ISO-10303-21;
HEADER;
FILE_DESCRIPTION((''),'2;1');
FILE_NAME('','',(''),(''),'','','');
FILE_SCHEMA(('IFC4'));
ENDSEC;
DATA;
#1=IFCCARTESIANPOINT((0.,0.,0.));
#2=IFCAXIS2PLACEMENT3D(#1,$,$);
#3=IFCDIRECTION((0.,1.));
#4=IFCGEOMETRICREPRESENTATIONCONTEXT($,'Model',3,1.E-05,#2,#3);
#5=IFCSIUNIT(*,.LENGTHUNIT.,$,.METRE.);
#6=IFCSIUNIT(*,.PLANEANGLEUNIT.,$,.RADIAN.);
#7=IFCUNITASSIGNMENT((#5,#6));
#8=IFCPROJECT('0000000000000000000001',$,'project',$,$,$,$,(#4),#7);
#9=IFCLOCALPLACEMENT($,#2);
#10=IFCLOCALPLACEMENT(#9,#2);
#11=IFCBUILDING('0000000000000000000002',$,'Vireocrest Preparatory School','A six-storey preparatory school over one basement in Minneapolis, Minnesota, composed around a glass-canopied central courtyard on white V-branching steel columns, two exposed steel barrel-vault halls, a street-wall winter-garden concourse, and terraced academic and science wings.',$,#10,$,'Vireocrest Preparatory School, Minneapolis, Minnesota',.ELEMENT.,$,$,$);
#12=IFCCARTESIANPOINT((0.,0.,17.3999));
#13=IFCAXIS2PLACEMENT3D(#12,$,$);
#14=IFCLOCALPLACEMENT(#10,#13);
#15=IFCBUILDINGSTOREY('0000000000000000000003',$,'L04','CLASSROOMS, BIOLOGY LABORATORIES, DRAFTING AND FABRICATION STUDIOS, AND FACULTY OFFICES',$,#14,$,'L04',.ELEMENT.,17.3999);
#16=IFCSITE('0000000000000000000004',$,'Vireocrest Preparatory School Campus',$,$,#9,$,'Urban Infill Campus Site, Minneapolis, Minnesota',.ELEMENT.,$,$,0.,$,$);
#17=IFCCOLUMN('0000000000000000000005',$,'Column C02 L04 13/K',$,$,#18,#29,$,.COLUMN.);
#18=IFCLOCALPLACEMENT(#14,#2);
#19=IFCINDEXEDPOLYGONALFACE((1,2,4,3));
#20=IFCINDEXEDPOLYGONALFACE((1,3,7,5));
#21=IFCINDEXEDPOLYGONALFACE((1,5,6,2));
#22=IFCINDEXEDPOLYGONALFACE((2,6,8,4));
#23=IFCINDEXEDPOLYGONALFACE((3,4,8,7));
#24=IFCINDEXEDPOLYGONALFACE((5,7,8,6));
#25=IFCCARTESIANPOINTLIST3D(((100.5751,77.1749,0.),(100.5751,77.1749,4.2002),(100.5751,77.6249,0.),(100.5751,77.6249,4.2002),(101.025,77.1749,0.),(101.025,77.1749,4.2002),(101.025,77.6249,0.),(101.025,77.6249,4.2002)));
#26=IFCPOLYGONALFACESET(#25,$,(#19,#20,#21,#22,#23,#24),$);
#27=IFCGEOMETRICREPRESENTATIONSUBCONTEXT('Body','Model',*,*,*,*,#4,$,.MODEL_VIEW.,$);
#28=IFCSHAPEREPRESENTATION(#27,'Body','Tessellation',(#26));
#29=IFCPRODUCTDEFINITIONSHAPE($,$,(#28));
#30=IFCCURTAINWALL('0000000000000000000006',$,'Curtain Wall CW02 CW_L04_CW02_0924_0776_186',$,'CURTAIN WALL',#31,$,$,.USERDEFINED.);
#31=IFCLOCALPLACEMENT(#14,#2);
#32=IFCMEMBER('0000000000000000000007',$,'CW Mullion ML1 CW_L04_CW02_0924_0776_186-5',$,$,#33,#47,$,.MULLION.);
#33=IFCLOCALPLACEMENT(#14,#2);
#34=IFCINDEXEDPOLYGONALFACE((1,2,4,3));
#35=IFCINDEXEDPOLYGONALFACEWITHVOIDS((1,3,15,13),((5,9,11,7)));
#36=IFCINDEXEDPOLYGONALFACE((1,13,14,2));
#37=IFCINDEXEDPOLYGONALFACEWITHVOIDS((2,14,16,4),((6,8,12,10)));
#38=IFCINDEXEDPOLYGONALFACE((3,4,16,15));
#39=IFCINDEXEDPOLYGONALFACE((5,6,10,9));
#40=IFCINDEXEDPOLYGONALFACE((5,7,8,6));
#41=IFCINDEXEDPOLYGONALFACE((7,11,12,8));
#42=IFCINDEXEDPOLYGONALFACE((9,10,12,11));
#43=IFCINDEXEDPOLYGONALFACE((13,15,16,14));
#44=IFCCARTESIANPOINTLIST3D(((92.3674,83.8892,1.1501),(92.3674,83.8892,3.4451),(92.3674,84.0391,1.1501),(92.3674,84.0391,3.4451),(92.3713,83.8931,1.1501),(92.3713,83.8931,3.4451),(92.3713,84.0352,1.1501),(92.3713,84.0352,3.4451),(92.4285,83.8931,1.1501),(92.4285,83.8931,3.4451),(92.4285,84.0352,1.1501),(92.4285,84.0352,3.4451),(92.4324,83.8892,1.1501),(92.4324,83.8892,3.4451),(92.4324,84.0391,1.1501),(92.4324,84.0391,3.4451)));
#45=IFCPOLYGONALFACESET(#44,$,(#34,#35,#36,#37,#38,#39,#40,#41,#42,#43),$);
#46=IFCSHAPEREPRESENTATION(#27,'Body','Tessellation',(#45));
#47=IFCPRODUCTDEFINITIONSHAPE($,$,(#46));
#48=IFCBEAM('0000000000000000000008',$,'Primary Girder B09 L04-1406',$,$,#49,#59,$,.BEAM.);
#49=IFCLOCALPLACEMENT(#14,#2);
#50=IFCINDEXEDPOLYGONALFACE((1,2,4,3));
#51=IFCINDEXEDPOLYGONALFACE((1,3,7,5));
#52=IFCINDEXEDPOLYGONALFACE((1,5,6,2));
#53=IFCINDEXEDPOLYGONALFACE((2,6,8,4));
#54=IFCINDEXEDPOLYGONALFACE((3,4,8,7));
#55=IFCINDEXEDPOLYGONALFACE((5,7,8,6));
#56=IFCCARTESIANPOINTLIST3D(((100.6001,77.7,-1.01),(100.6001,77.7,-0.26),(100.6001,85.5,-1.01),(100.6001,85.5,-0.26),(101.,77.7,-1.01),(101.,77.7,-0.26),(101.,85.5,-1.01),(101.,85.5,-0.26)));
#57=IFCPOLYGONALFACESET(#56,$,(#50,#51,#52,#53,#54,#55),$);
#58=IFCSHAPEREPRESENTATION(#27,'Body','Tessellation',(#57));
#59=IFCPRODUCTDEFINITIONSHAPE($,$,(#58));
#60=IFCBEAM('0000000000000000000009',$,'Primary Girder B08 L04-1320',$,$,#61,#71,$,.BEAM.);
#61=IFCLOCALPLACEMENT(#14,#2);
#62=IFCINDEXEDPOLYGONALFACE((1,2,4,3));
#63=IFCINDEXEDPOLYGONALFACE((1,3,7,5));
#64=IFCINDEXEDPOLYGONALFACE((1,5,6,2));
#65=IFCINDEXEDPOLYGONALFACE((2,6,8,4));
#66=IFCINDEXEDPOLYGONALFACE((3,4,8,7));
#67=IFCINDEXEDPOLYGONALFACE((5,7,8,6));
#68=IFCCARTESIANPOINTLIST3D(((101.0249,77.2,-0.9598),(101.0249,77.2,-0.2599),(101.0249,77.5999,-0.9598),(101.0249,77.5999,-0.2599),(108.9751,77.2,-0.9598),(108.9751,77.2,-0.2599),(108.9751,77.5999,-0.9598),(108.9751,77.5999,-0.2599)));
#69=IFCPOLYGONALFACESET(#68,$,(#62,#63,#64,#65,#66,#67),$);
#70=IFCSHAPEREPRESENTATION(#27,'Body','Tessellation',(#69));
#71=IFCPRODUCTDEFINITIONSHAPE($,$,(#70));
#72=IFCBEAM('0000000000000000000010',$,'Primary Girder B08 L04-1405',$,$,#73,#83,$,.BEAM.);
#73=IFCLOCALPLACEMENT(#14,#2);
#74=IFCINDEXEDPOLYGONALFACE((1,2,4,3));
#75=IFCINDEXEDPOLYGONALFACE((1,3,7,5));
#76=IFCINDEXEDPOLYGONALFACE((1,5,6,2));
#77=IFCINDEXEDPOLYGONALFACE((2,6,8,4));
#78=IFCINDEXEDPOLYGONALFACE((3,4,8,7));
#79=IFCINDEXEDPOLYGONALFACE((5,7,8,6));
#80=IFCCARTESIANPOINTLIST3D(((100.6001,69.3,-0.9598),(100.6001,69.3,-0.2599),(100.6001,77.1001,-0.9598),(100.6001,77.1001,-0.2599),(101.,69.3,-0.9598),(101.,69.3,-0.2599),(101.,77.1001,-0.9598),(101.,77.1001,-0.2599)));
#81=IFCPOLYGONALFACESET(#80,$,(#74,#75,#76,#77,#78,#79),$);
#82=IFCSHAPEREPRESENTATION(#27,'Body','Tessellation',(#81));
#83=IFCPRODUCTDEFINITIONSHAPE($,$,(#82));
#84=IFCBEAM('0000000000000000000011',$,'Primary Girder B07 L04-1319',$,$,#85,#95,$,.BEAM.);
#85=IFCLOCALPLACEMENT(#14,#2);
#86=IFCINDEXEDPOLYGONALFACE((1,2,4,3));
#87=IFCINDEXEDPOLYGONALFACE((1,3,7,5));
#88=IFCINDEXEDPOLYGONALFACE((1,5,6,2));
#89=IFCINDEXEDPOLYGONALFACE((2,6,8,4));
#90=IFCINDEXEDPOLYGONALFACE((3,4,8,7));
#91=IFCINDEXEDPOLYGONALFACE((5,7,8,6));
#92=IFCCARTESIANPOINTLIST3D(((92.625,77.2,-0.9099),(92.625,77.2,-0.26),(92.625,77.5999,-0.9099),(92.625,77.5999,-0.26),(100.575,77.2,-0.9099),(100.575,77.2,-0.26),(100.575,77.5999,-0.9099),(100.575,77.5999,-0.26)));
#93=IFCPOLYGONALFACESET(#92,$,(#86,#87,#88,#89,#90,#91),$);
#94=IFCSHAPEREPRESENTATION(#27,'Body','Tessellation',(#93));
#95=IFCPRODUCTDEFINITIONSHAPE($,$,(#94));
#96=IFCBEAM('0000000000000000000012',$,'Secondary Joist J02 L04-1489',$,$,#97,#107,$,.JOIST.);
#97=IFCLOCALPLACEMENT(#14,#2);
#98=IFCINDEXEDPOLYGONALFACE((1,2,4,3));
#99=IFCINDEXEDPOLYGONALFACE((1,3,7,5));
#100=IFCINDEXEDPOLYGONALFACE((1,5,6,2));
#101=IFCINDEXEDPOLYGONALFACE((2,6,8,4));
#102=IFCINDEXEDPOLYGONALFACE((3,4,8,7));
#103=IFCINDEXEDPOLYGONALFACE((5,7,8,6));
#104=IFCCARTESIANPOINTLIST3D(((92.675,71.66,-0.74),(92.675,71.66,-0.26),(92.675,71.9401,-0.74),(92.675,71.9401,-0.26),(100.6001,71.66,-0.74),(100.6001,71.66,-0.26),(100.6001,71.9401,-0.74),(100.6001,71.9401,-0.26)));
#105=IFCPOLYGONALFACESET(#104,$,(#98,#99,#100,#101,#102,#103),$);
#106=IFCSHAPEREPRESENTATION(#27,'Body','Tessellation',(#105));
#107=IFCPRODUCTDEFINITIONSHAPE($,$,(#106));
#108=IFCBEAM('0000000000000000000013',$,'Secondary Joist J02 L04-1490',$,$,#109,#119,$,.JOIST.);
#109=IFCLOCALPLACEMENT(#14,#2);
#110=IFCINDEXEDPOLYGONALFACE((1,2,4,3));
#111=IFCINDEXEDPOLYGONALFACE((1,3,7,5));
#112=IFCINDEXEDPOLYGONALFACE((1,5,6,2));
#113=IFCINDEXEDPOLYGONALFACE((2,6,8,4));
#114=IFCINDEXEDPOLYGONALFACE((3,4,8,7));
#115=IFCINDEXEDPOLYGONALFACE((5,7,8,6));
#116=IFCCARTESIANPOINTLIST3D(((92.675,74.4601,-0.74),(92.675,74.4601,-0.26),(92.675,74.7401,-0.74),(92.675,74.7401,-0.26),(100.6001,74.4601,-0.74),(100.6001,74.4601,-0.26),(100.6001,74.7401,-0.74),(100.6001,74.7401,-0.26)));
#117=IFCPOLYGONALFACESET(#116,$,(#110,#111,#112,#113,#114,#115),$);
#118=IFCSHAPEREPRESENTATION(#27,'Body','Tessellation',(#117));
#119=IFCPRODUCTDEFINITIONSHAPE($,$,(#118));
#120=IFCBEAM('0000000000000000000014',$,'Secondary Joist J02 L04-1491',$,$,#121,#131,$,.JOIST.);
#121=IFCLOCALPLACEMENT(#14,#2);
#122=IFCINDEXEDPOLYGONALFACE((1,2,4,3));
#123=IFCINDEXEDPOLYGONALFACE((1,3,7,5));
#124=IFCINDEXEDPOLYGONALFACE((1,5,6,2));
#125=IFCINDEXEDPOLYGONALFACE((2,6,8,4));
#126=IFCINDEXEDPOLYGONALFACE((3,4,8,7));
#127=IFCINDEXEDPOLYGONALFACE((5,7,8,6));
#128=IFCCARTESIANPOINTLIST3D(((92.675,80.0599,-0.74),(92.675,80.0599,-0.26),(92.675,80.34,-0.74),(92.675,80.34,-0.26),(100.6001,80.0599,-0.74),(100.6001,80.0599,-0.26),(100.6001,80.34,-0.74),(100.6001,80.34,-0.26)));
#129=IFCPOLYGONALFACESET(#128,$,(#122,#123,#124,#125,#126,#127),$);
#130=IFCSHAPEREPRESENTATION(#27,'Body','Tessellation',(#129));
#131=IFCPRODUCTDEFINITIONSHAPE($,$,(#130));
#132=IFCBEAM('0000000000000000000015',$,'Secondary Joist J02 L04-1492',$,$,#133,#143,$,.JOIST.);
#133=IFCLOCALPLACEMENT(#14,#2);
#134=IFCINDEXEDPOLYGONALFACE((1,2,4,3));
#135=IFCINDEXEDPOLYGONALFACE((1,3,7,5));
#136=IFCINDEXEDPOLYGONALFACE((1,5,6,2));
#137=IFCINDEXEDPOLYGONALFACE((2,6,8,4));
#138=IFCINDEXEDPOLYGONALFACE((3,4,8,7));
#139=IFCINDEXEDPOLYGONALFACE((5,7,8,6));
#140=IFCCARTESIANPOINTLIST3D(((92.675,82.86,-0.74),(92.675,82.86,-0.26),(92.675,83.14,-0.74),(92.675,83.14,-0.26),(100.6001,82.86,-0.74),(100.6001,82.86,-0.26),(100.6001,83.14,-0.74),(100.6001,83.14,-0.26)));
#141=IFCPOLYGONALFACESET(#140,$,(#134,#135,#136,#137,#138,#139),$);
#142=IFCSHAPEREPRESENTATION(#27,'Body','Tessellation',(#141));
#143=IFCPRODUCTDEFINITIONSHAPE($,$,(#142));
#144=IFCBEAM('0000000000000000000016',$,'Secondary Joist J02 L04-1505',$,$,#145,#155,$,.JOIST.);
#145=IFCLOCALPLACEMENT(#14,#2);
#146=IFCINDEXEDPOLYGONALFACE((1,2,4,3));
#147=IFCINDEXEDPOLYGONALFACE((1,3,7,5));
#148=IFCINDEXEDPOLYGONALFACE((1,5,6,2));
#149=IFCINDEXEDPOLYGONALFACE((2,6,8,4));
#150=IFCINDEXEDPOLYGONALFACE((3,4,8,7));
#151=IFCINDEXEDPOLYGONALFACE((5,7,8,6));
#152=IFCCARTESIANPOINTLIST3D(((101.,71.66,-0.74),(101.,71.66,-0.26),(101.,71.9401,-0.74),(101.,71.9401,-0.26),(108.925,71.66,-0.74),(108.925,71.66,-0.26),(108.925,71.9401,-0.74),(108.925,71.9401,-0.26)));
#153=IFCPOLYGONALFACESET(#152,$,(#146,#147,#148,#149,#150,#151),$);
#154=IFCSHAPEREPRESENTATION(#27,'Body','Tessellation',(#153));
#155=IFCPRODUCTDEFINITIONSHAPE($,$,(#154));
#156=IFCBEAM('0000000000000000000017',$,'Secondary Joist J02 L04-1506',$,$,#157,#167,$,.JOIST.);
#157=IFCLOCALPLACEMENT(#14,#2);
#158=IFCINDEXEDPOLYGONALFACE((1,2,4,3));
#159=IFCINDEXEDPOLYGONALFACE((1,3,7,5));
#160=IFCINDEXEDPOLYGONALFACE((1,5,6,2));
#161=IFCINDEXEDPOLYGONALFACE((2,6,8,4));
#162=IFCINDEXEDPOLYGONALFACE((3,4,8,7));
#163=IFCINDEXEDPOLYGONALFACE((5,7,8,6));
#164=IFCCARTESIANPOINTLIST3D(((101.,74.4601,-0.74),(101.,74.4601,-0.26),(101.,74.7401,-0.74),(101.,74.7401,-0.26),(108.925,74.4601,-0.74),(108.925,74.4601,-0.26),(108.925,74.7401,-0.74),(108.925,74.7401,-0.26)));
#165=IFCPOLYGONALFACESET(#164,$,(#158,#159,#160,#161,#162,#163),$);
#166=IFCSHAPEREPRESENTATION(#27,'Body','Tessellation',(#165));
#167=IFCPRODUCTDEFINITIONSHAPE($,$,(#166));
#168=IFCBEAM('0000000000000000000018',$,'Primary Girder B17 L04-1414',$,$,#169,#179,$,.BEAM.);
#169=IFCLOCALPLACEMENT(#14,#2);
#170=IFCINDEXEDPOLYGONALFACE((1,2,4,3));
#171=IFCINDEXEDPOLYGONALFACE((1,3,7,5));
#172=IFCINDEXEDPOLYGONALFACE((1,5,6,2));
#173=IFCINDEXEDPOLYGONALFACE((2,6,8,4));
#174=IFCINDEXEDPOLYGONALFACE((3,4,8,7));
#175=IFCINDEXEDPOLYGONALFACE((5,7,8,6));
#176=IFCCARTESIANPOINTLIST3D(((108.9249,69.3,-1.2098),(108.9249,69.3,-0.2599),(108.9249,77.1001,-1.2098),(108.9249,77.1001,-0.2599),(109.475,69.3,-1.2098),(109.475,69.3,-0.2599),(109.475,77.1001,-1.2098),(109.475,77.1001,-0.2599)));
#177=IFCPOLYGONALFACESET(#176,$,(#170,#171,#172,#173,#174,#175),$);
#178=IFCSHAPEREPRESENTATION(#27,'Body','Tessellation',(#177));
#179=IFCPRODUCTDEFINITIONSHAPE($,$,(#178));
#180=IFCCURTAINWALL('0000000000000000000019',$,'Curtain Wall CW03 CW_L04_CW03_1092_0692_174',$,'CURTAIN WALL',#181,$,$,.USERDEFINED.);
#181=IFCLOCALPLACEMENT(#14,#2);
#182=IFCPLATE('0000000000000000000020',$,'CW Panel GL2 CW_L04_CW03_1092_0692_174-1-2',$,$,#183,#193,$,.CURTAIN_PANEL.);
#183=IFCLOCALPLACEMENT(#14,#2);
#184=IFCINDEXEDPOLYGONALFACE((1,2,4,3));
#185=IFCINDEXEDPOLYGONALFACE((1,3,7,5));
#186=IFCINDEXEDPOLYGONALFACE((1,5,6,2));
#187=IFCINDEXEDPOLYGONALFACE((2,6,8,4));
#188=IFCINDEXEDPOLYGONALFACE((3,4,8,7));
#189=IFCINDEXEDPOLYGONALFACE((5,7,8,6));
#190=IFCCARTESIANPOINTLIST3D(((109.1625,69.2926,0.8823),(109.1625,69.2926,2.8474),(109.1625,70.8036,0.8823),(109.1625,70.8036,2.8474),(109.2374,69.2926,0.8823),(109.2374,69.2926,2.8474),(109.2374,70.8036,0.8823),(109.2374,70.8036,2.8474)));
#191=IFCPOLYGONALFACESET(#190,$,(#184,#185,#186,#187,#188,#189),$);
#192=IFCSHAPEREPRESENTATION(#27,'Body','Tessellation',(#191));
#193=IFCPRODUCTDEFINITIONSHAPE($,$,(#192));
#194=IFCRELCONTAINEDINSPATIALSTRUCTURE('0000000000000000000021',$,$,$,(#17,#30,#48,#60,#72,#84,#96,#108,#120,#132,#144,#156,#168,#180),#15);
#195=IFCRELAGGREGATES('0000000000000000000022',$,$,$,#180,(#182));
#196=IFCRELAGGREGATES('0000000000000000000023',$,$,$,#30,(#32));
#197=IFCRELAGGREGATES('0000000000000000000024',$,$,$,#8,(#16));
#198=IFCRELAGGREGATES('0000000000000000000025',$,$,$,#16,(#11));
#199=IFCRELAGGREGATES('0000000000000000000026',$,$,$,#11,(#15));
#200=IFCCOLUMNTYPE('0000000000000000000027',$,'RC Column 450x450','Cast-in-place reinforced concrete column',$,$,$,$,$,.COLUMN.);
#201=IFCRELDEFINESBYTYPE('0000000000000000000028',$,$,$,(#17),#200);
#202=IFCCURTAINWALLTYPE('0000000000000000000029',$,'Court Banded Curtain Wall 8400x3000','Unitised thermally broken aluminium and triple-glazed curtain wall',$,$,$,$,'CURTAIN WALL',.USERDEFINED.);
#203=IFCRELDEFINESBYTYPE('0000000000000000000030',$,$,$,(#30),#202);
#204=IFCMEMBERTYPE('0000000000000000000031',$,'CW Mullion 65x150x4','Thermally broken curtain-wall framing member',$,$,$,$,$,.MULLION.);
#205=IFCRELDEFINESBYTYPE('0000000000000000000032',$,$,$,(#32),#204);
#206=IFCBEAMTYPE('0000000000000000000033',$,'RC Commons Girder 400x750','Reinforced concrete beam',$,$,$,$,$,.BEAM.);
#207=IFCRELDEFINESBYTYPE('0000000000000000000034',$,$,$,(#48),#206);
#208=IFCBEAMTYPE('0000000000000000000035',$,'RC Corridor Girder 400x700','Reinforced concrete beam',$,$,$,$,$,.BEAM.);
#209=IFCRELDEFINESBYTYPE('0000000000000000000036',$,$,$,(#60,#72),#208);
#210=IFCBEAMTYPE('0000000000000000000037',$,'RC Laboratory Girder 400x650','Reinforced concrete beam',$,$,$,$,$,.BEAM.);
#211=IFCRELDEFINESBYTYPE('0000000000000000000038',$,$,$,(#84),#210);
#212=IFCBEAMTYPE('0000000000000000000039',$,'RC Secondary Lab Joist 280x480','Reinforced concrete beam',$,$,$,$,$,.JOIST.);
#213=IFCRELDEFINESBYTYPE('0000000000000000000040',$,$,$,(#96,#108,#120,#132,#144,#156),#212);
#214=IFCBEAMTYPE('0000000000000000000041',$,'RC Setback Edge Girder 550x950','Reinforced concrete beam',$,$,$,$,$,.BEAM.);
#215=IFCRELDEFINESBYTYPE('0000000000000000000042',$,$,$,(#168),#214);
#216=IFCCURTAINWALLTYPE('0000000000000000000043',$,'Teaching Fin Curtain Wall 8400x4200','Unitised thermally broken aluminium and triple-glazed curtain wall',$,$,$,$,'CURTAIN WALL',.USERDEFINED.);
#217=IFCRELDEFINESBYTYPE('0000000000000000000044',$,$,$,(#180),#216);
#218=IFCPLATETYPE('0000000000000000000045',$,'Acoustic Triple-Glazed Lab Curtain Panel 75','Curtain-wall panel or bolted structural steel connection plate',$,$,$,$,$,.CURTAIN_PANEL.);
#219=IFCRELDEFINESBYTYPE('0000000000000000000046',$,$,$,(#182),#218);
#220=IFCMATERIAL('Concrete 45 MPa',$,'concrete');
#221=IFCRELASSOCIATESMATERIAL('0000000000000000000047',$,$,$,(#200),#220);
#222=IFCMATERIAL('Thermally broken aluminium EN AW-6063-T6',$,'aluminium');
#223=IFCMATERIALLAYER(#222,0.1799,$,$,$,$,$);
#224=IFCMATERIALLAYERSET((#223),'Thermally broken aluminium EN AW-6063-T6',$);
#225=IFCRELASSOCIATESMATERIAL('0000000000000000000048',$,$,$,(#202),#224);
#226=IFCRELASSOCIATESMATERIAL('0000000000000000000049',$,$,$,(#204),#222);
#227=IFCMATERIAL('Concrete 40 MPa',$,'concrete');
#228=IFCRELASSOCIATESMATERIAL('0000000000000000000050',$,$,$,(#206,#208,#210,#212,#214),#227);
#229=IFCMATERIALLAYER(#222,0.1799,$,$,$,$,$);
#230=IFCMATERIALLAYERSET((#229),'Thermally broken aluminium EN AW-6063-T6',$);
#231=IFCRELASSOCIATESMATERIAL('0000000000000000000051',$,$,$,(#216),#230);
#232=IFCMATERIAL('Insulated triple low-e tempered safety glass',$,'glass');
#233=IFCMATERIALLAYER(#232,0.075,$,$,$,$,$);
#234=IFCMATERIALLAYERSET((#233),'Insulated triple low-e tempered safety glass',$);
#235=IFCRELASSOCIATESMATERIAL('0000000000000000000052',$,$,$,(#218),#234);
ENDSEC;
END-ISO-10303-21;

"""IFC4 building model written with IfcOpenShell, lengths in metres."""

from ifc_helpers import new_model, si_unit, direction, frame, origin, origin_2d, place, context, subcontext, project, spatial, rectangle, hollow_rectangle, extrude, material, layer, layer_set, material_profile, profile_set, type_object, element, aggregate, save


model = new_model("IFC4")

# Units and contexts
model_context = context("Model", 3, precision=1e-05, world=origin(), true_north=direction((0.0, 1.0)))
body_context = subcontext(model_context, "Body", "Model", "MODEL_VIEW")
ifc_project = project(units=[si_unit("LENGTHUNIT", "METRE"), si_unit("PLANEANGLEUNIT", "RADIAN")], contexts=[model_context])

# Site, building, storey
site_placement = place(None, origin())
site = spatial("IfcSite", under=ifc_project, at=site_placement, Name="Vireocrest Preparatory School Campus", LongName="Urban Infill Campus Site, Minneapolis, Minnesota", CompositionType="ELEMENT", RefElevation=0.0)
building_placement = place(site_placement, origin())
building = spatial("IfcBuilding", under=site, at=building_placement, Name="Vireocrest Preparatory School", Description="A six-storey preparatory school over one basement in Minneapolis, Minnesota, composed around a glass-canopied central courtyard on white V-branching steel columns, two exposed steel barrel-vault halls, a street-wall winter-garden concourse, and terraced academic and science wings.", LongName="Vireocrest Preparatory School, Minneapolis, Minnesota", CompositionType="ELEMENT")
storey_placement = place(building_placement, frame((0.0, 0.0, 17.3999)))
storey = spatial("IfcBuildingStorey", under=building, at=storey_placement, Name="L04", Description="CLASSROOMS, BIOLOGY LABORATORIES, DRAFTING AND FABRICATION STUDIOS, AND FACULTY OFFICES", LongName="L04", CompositionType="ELEMENT", Elevation=17.3999)

# Column
ifc_material_1 = material(Name="Concrete 45 MPa", Category="concrete")
ifc_material_profile_1 = material_profile(ifc_material_1, rectangle(XDim=0.45, YDim=0.45, at=origin_2d()), Name="RC 450x450")
ifc_profile_set_1 = profile_set([ifc_material_profile_1], Name="Concrete 45 MPa")
column_type = type_object("IfcColumnType", Name="RC Column 450x450", Description="Cast-in-place reinforced concrete column", PredefinedType="COLUMN", material=ifc_profile_set_1)
column_placement = place(storey_placement, frame((100.8, 77.3999, 0.0), z_axis=(0.0, 0.0, 1.0), x_axis=(1.0, 0.0, 0.0)))
element("IfcColumn", 1, at=column_placement, inside=storey, type_object=column_type, Name="Column C02 L04 13/K", PredefinedType="COLUMN", context=body_context, shape_type="SweptSolid", body=[
    extrude(rectangle(XDim=0.45, YDim=0.45, at=origin_2d()), origin(), (0.0, 0.0, 1.0), 4.2002),
])

# Curtain wall, member
ifc_material_2 = material(Name="Thermally broken aluminium EN AW-6063-T6", Category="aluminium")
ifc_layer_1 = layer(ifc_material_2, 0.1799)
ifc_layer_set_1 = layer_set([ifc_layer_1], Name="Thermally broken aluminium EN AW-6063-T6")
curtain_wall_type_1 = type_object("IfcCurtainWallType", Name="Court Banded Curtain Wall 8400x3000", Description="Unitised thermally broken aluminium and triple-glazed curtain wall", ElementType="CURTAIN WALL", PredefinedType="USERDEFINED", material=ifc_layer_set_1)
curtain_wall_1_placement = place(storey_placement, origin())
curtain_wall_1 = element("IfcCurtainWall", 2, at=curtain_wall_1_placement, inside=storey, type_object=curtain_wall_type_1, Name="Curtain Wall CW02 CW_L04_CW02_0924_0776_186", ObjectType="CURTAIN WALL", PredefinedType="USERDEFINED")
ifc_material_profile_2 = material_profile(ifc_material_2, hollow_rectangle(XDim=0.0649, YDim=0.1499, WallThickness=0.0039, at=origin_2d()), Name="ALU 65x150x4")
ifc_profile_set_2 = profile_set([ifc_material_profile_2], Name="Thermally broken aluminium EN AW-6063-T6")
member_type = type_object("IfcMemberType", Name="CW Mullion 65x150x4", Description="Thermally broken curtain-wall framing member", PredefinedType="MULLION", material=ifc_profile_set_2)
member_placement = place(storey_placement, frame((92.3999, 83.9641, 1.1501), z_axis=(0.0, 0.0, 1.0), x_axis=(1.0, 0.0, 0.0)))
member = element("IfcMember", 3, at=member_placement, type_object=member_type, Name="CW Mullion ML1 CW_L04_CW02_0924_0776_186-5", PredefinedType="MULLION", context=body_context, shape_type="SweptSolid", body=[
    extrude(hollow_rectangle(XDim=0.0649, YDim=0.1499, WallThickness=0.0039, at=origin_2d()), origin(), (0.0, 0.0, 1.0), 2.2949),
])

# Beams
ifc_material_3 = material(Name="Concrete 40 MPa", Category="concrete")
ifc_material_profile_3 = material_profile(ifc_material_3, rectangle(XDim=0.3999, YDim=0.75, at=origin_2d()), Name="RC 400x750")
ifc_profile_set_3 = profile_set([ifc_material_profile_3], Name="Concrete 40 MPa")
beam_type_1 = type_object("IfcBeamType", Name="RC Commons Girder 400x750", Description="Reinforced concrete beam", PredefinedType="BEAM", material=ifc_profile_set_3)
beam_1_placement = place(storey_placement, frame((100.8, 77.7, -0.635), z_axis=(0.0, 1.0, 0.0), x_axis=(-1.0, 0.0, 0.0)))
element("IfcBeam", 4, at=beam_1_placement, inside=storey, type_object=beam_type_1, Name="Primary Girder B09 L04-1406", PredefinedType="BEAM", context=body_context, shape_type="SweptSolid", body=[
    extrude(rectangle(XDim=0.3999, YDim=0.75, at=origin_2d()), origin(), (0.0, 0.0, 1.0), 7.8),
])
ifc_material_profile_4 = material_profile(ifc_material_3, rectangle(XDim=0.3999, YDim=0.7, at=origin_2d()), Name="RC 400x700")
ifc_profile_set_4 = profile_set([ifc_material_profile_4], Name="Concrete 40 MPa")
beam_type_2 = type_object("IfcBeamType", Name="RC Corridor Girder 400x700", Description="Reinforced concrete beam", PredefinedType="BEAM", material=ifc_profile_set_4)
beam_2_placement = place(storey_placement, frame((101.0249, 77.3999, -0.6099), z_axis=(1.0, 0.0, 0.0), x_axis=(0.0, 1.0, 0.0)))
element("IfcBeam", 5, at=beam_2_placement, inside=storey, type_object=beam_type_2, Name="Primary Girder B08 L04-1320", PredefinedType="BEAM", context=body_context, shape_type="SweptSolid", body=[
    extrude(rectangle(XDim=0.3999, YDim=0.7, at=origin_2d()), origin(), (0.0, 0.0, 1.0), 7.9502),
])
beam_3_placement = place(storey_placement, frame((100.8, 69.3, -0.6099), z_axis=(0.0, 1.0, 0.0), x_axis=(-1.0, 0.0, 0.0)))
element("IfcBeam", 6, at=beam_3_placement, inside=storey, type_object=beam_type_2, Name="Primary Girder B08 L04-1405", PredefinedType="BEAM", context=body_context, shape_type="SweptSolid", body=[
    extrude(rectangle(XDim=0.3999, YDim=0.7, at=origin_2d()), origin(), (0.0, 0.0, 1.0), 7.8),
])
ifc_material_profile_5 = material_profile(ifc_material_3, rectangle(XDim=0.3999, YDim=0.6499, at=origin_2d()), Name="RC 400x650")
ifc_profile_set_5 = profile_set([ifc_material_profile_5], Name="Concrete 40 MPa")
beam_type_3 = type_object("IfcBeamType", Name="RC Laboratory Girder 400x650", Description="Reinforced concrete beam", PredefinedType="BEAM", material=ifc_profile_set_5)
beam_4_placement = place(storey_placement, frame((92.625, 77.3999, -0.585), z_axis=(1.0, 0.0, 0.0), x_axis=(0.0, 1.0, 0.0)))
element("IfcBeam", 7, at=beam_4_placement, inside=storey, type_object=beam_type_3, Name="Primary Girder B07 L04-1319", PredefinedType="BEAM", context=body_context, shape_type="SweptSolid", body=[
    extrude(rectangle(XDim=0.3999, YDim=0.6499, at=origin_2d()), origin(), (0.0, 0.0, 1.0), 7.95),
])
ifc_material_profile_6 = material_profile(ifc_material_3, rectangle(XDim=0.28, YDim=0.48, at=origin_2d()), Name="RC 280x480")
ifc_profile_set_6 = profile_set([ifc_material_profile_6], Name="Concrete 40 MPa")
beam_type_4 = type_object("IfcBeamType", Name="RC Secondary Lab Joist 280x480", Description="Reinforced concrete beam", PredefinedType="JOIST", material=ifc_profile_set_6)
for number, where, z_axis, x_axis, name in (
    (8, (92.675, 71.8, -0.5), (1.0, 0.0, 0.0), (0.0, 1.0, 0.0), "Secondary Joist J02 L04-1489"),
    (9, (92.675, 74.6001, -0.5), (1.0, 0.0, 0.0), (0.0, 1.0, 0.0), "Secondary Joist J02 L04-1490"),
    (10, (92.675, 80.2, -0.5), (1.0, 0.0, 0.0), (0.0, 1.0, 0.0), "Secondary Joist J02 L04-1491"),
    (11, (92.675, 83.0, -0.5), (1.0, 0.0, 0.0), (0.0, 1.0, 0.0), "Secondary Joist J02 L04-1492"),
    (12, (101.0, 71.8, -0.5), (1.0, 0.0, 0.0), (0.0, 1.0, 0.0), "Secondary Joist J02 L04-1505"),
    (13, (101.0, 74.6001, -0.5), (1.0, 0.0, 0.0), (0.0, 1.0, 0.0), "Secondary Joist J02 L04-1506"),
):
    element("IfcBeam", number, at=place(storey_placement, frame(where, z_axis=z_axis, x_axis=x_axis)), inside=storey, type_object=beam_type_4, Name=name, PredefinedType="JOIST", context=body_context, shape_type="SweptSolid", body=[
        extrude(rectangle(XDim=0.28, YDim=0.48, at=origin_2d()), origin(), (0.0, 0.0, 1.0), 7.925),
    ])
ifc_material_profile_7 = material_profile(ifc_material_3, rectangle(XDim=0.55, YDim=0.95, at=origin_2d()), Name="RC 550x950")
ifc_profile_set_7 = profile_set([ifc_material_profile_7], Name="Concrete 40 MPa")
beam_type_5 = type_object("IfcBeamType", Name="RC Setback Edge Girder 550x950", Description="Reinforced concrete beam", PredefinedType="BEAM", material=ifc_profile_set_7)
beam_5_placement = place(storey_placement, frame((109.2, 69.3, -0.7349), z_axis=(0.0, 1.0, 0.0), x_axis=(-1.0, 0.0, 0.0)))
element("IfcBeam", 14, at=beam_5_placement, inside=storey, type_object=beam_type_5, Name="Primary Girder B17 L04-1414", PredefinedType="BEAM", context=body_context, shape_type="SweptSolid", body=[
    extrude(rectangle(XDim=0.55, YDim=0.95, at=origin_2d()), origin(), (0.0, 0.0, 1.0), 7.8),
])

# Curtain wall, plate
ifc_layer_2 = layer(ifc_material_2, 0.1799)
ifc_layer_set_2 = layer_set([ifc_layer_2], Name="Thermally broken aluminium EN AW-6063-T6")
curtain_wall_type_2 = type_object("IfcCurtainWallType", Name="Teaching Fin Curtain Wall 8400x4200", Description="Unitised thermally broken aluminium and triple-glazed curtain wall", ElementType="CURTAIN WALL", PredefinedType="USERDEFINED", material=ifc_layer_set_2)
curtain_wall_2_placement = place(storey_placement, origin())
curtain_wall_2 = element("IfcCurtainWall", 15, at=curtain_wall_2_placement, inside=storey, type_object=curtain_wall_type_2, Name="Curtain Wall CW03 CW_L04_CW03_1092_0692_174", ObjectType="CURTAIN WALL", PredefinedType="USERDEFINED")
ifc_material_4 = material(Name="Insulated triple low-e tempered safety glass", Category="glass")
ifc_layer_3 = layer(ifc_material_4, 0.075)
ifc_layer_set_3 = layer_set([ifc_layer_3], Name="Insulated triple low-e tempered safety glass")
plate_type_1 = type_object("IfcPlateType", Name="Acoustic Triple-Glazed Lab Curtain Panel 75", Description="Curtain-wall panel or bolted structural steel connection plate", PredefinedType="CURTAIN_PANEL", material=ifc_layer_set_3)
plate_1_placement = place(storey_placement, frame((109.2, 70.0481, 0.8823), z_axis=(0.0, 0.0, 1.0), x_axis=(0.0, 1.0, 0.0)))
plate_1 = element("IfcPlate", 16, at=plate_1_placement, type_object=plate_type_1, Name="CW Panel GL2 CW_L04_CW03_1092_0692_174-1-2", PredefinedType="CURTAIN_PANEL", context=body_context, shape_type="SweptSolid", body=[
    extrude(rectangle(XDim=1.511, YDim=0.075, at=origin_2d()), origin(), (0.0, 0.0, 1.0), 1.9651),
])
aggregate(curtain_wall_2, [plate_1])

aggregate(curtain_wall_1, [member])

save(model, "model.ifc")
